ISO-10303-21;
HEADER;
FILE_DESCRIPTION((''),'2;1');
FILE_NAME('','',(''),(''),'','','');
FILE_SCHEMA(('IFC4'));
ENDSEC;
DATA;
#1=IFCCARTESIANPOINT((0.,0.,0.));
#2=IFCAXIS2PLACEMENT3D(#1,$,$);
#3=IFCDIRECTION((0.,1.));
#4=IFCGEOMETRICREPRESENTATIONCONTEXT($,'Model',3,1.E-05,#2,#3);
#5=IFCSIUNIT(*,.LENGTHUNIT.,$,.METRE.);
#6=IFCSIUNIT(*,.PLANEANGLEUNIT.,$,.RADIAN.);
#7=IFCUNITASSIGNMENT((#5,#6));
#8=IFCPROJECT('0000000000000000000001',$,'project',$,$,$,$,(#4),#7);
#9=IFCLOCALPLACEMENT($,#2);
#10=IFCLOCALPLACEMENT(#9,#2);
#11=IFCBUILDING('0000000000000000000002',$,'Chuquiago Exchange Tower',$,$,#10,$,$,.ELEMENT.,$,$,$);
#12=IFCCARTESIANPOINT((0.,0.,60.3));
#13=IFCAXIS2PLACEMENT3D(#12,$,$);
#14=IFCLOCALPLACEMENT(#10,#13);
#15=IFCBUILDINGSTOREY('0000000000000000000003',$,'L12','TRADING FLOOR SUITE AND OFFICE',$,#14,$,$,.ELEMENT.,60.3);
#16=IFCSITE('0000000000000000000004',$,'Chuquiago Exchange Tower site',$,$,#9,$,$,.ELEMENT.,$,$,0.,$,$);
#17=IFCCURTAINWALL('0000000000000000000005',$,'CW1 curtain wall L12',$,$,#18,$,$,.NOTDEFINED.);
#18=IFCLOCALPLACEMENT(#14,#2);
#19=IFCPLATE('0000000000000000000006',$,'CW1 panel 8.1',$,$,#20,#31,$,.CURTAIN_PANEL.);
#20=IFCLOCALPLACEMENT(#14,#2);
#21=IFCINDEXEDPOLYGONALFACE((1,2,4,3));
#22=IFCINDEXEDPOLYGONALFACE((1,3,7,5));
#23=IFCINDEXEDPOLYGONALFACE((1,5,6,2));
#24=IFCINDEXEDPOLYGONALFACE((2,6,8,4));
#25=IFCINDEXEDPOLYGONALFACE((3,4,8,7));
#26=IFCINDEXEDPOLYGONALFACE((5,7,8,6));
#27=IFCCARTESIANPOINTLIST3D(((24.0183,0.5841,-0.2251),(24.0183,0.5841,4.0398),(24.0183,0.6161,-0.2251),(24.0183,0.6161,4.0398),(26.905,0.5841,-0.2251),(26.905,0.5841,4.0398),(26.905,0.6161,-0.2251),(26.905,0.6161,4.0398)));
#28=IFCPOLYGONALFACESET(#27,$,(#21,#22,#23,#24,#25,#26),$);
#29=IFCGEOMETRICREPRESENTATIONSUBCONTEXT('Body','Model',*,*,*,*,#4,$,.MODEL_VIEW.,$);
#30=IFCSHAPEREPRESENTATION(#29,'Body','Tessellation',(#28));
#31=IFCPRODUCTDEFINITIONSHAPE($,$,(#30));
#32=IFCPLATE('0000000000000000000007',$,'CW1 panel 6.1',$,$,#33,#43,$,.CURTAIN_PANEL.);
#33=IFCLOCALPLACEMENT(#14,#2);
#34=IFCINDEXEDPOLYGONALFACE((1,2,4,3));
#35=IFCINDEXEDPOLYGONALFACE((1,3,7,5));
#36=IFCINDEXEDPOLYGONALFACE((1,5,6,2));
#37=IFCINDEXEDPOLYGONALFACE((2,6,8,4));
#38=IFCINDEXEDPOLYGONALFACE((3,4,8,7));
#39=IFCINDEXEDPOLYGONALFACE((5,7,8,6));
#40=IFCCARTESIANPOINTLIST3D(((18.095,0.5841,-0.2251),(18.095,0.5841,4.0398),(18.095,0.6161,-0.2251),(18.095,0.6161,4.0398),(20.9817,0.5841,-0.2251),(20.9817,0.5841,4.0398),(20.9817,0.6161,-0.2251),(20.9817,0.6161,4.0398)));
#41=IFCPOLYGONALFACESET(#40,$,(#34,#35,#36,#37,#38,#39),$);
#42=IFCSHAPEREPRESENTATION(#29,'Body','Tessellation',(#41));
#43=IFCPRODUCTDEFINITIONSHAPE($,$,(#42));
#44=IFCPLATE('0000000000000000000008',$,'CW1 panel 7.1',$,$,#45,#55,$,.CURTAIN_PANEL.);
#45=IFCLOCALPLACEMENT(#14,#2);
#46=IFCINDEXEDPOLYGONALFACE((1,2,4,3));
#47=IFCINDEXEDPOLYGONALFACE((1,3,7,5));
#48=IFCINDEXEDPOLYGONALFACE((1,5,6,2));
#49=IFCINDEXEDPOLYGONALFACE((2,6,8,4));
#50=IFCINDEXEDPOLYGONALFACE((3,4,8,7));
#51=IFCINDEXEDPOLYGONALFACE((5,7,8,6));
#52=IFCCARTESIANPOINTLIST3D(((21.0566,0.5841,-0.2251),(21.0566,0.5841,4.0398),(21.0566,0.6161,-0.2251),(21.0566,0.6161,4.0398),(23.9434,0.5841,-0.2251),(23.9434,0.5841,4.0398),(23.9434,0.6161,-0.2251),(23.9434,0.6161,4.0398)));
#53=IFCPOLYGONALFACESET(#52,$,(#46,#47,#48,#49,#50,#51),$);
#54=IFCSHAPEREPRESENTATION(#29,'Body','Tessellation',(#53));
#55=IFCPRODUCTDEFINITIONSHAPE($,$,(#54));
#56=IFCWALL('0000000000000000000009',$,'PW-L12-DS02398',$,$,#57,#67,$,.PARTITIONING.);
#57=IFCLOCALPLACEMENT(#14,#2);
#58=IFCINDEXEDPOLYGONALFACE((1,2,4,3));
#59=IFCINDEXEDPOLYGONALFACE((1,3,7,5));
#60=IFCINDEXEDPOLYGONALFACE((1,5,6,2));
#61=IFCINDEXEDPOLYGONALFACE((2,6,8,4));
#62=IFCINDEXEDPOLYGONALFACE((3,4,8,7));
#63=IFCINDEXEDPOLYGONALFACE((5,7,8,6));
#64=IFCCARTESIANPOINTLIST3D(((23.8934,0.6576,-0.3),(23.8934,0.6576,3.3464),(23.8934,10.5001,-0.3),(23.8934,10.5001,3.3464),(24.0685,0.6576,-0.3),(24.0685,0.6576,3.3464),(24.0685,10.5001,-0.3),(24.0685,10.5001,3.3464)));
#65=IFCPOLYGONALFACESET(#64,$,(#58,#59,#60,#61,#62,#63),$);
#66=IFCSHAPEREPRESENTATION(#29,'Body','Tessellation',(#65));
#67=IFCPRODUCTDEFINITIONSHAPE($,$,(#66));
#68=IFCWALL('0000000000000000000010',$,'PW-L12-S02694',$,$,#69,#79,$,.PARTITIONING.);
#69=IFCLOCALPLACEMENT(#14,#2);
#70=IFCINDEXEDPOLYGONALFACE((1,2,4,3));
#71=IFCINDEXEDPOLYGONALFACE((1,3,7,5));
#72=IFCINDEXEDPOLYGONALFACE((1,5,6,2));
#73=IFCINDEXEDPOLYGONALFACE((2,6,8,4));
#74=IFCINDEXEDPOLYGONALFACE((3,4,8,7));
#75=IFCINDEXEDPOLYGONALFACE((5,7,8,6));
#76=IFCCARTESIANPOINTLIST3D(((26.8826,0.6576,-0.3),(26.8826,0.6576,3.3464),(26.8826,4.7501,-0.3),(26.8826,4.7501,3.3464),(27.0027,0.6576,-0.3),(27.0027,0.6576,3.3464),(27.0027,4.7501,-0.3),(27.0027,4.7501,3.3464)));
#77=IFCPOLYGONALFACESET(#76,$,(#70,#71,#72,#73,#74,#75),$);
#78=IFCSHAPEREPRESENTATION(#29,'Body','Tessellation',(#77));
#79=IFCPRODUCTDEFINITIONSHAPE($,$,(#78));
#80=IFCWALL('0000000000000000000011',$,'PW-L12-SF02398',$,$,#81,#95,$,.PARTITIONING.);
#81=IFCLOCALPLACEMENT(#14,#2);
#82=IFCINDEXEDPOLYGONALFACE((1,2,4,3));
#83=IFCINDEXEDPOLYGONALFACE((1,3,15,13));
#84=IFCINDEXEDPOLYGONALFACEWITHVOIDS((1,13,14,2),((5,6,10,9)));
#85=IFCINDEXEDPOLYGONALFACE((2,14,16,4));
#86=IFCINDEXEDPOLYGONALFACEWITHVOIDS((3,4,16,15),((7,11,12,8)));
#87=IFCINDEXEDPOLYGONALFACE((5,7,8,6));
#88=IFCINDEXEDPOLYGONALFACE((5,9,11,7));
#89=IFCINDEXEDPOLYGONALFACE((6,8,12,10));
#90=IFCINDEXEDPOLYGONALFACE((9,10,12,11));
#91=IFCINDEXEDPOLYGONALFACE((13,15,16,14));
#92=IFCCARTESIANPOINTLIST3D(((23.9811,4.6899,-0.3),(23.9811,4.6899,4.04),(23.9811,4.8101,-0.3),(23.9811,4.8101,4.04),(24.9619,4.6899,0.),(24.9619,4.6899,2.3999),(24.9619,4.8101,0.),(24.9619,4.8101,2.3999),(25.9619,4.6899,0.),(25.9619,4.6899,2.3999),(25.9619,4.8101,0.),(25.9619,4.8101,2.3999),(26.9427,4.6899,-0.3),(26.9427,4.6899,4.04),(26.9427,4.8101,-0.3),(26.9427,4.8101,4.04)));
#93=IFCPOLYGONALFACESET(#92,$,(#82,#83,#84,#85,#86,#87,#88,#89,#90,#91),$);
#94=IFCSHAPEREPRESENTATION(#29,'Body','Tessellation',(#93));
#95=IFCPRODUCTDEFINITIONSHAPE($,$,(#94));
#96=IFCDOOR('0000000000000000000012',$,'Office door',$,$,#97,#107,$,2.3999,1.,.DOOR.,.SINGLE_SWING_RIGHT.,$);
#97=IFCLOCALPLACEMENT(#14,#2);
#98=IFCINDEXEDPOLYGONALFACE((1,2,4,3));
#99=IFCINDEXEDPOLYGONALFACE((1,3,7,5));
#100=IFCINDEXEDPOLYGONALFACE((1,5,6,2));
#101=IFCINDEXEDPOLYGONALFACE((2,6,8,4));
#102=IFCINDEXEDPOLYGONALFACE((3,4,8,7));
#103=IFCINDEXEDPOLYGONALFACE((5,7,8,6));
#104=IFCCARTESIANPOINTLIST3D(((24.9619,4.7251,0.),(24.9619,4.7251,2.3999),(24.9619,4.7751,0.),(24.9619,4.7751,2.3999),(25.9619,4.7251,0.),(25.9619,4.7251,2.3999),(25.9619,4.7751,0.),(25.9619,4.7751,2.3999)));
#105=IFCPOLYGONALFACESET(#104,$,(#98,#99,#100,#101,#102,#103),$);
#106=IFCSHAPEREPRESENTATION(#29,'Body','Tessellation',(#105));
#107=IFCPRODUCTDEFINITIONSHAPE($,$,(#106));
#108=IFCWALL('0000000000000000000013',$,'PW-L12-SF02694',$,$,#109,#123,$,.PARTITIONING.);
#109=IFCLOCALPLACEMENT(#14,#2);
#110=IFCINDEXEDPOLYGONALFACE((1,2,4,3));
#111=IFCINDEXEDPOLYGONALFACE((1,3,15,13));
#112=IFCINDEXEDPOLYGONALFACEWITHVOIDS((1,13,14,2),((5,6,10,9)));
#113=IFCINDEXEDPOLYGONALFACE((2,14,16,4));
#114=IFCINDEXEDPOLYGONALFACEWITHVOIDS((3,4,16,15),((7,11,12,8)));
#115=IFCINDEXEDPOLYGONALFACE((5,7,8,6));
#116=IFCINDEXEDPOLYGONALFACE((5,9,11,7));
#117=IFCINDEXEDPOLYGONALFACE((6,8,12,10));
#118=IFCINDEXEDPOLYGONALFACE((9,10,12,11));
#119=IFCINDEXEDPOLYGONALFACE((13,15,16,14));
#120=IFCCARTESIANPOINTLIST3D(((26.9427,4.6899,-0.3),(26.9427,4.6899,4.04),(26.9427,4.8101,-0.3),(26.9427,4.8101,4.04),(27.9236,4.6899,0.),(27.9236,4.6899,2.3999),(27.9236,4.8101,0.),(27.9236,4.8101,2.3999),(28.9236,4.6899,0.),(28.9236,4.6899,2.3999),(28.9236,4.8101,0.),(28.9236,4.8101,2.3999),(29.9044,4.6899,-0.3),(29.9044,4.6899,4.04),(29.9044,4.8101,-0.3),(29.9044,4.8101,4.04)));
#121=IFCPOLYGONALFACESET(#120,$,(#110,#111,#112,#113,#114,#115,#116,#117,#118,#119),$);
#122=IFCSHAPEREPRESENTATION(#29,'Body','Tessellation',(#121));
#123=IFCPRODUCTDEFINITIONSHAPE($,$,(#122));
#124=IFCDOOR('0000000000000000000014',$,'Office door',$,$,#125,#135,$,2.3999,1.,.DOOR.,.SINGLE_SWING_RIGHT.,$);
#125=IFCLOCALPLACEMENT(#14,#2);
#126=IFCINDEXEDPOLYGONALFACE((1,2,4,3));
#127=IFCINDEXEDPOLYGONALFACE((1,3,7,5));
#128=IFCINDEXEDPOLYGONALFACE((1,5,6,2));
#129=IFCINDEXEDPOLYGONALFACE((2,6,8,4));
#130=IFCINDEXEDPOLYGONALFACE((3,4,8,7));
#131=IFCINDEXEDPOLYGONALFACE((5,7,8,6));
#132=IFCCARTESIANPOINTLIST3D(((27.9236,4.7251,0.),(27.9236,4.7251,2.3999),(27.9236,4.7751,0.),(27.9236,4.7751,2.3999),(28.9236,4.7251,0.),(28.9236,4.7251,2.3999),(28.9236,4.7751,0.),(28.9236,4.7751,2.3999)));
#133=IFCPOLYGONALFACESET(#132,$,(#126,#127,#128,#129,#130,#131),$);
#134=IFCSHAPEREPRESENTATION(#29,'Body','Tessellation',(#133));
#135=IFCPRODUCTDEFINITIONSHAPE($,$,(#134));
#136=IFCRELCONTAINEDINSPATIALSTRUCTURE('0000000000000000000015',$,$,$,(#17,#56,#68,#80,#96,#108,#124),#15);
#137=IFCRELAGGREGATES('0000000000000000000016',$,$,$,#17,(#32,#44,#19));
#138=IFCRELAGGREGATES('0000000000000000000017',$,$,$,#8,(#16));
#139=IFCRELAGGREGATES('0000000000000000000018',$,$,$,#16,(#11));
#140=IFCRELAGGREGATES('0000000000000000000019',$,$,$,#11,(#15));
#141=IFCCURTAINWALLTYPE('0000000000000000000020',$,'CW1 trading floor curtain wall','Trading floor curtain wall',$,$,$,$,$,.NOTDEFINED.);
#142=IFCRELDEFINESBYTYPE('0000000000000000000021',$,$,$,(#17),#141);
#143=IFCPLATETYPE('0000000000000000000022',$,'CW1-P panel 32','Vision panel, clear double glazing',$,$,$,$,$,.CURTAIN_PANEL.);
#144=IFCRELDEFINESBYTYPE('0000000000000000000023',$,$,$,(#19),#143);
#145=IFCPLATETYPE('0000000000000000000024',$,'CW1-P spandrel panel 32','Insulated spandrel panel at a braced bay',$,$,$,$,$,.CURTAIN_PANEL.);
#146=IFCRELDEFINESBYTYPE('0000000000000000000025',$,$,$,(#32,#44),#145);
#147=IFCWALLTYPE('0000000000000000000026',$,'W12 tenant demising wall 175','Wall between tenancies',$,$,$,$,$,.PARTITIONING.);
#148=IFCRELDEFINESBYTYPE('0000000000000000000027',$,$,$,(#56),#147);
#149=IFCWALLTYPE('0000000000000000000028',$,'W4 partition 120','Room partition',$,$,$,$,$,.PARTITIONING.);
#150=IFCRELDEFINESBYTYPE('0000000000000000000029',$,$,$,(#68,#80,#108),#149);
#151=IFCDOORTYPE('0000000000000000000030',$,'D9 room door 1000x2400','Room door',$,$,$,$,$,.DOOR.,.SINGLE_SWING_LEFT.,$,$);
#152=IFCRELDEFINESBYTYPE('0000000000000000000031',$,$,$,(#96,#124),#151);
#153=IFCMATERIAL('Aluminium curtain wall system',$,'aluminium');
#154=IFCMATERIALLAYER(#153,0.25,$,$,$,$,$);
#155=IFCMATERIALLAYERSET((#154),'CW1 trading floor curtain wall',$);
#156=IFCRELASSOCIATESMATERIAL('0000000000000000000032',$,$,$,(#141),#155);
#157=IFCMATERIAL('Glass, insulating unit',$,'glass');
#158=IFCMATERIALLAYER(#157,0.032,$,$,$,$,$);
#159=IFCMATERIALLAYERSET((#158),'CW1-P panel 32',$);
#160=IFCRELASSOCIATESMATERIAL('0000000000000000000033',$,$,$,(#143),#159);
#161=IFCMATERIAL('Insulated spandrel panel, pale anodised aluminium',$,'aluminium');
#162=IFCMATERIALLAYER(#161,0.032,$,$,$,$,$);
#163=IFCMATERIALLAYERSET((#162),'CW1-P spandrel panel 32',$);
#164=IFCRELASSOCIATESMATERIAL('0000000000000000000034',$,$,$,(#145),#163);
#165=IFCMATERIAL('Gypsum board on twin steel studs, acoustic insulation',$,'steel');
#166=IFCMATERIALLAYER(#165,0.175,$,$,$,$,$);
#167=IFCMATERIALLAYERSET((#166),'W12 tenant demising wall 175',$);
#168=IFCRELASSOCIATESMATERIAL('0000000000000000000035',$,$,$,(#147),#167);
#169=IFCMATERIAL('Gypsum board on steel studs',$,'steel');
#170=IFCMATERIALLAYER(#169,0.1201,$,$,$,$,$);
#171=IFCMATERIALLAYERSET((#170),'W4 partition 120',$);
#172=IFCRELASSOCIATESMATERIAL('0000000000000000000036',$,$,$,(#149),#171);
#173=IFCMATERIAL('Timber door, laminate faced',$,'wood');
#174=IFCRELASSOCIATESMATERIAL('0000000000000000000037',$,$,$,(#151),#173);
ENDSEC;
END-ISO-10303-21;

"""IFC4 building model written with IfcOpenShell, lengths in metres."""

from ifc_helpers import new_model, si_unit, direction, frame, frame_2d, origin, origin_2d, place, context, subcontext, project, spatial, rectangle, extrude, material, layer, layer_set, type_object, element, fill, aggregate, save


model = new_model("IFC4")

# Units and contexts
model_context = context("Model", 3, precision=1e-05, world=origin(), true_north=direction((0.0, 1.0)))
body_context = subcontext(model_context, "Body", "Model", "MODEL_VIEW")
ifc_project = project(units=[si_unit("LENGTHUNIT", "METRE"), si_unit("PLANEANGLEUNIT", "RADIAN")], contexts=[model_context])

# Site, building, storey
site_placement = place(None, origin())
site = spatial("IfcSite", under=ifc_project, at=site_placement, Name="Chuquiago Exchange Tower site", CompositionType="ELEMENT", RefElevation=0.0)
building_placement = place(site_placement, origin())
building = spatial("IfcBuilding", under=site, at=building_placement, Name="Chuquiago Exchange Tower", CompositionType="ELEMENT")
storey_placement = place(building_placement, frame((0.0, 0.0, 60.3)))
storey = spatial("IfcBuildingStorey", under=building, at=storey_placement, Name="L12", Description="TRADING FLOOR SUITE AND OFFICE", CompositionType="ELEMENT", Elevation=60.3)

# Curtain wall
ifc_material_1 = material(Name="Aluminium curtain wall system", Category="aluminium")
ifc_layer_1 = layer(ifc_material_1, 0.25)
ifc_layer_set_1 = layer_set([ifc_layer_1], Name="CW1 trading floor curtain wall")
curtain_wall_type = type_object("IfcCurtainWallType", Name="CW1 trading floor curtain wall", Description="Trading floor curtain wall", PredefinedType="NOTDEFINED", material=ifc_layer_set_1)
curtain_wall_placement = place(storey_placement, origin())
curtain_wall = element("IfcCurtainWall", 1, at=curtain_wall_placement, inside=storey, type_object=curtain_wall_type, Name="CW1 curtain wall L12", PredefinedType="NOTDEFINED")

# Plates
ifc_material_2 = material(Name="Glass, insulating unit", Category="glass")
ifc_layer_2 = layer(ifc_material_2, 0.032)
ifc_layer_set_2 = layer_set([ifc_layer_2], Name="CW1-P panel 32")
plate_type_1 = type_object("IfcPlateType", Name="CW1-P panel 32", Description="Vision panel, clear double glazing", PredefinedType="CURTAIN_PANEL", material=ifc_layer_set_2)
plate_1_placement = place(storey_placement, frame((25.4617, 0.6001, -0.2251), z_axis=(0.0, 0.0, 1.0), x_axis=(1.0, 0.0, 0.0)))
plate_1 = element("IfcPlate", 2, at=plate_1_placement, type_object=plate_type_1, Name="CW1 panel 8.1", PredefinedType="CURTAIN_PANEL", context=body_context, shape_type="SweptSolid", body=[
    extrude(rectangle(XDim=2.8867, YDim=0.032, at=origin_2d()), origin(), (0.0, 0.0, 1.0), 4.2649),
])
ifc_material_3 = material(Name="Insulated spandrel panel, pale anodised aluminium", Category="aluminium")
ifc_layer_3 = layer(ifc_material_3, 0.032)
ifc_layer_set_3 = layer_set([ifc_layer_3], Name="CW1-P spandrel panel 32")
plate_type_2 = type_object("IfcPlateType", Name="CW1-P spandrel panel 32", Description="Insulated spandrel panel at a braced bay", PredefinedType="CURTAIN_PANEL", material=ifc_layer_set_3)
plate_2_placement = place(storey_placement, frame((19.5383, 0.6001, -0.2251), z_axis=(0.0, 0.0, 1.0), x_axis=(1.0, 0.0, 0.0)))
plate_2 = element("IfcPlate", 3, at=plate_2_placement, type_object=plate_type_2, Name="CW1 panel 6.1", PredefinedType="CURTAIN_PANEL", context=body_context, shape_type="SweptSolid", body=[
    extrude(rectangle(XDim=2.8867, YDim=0.032, at=origin_2d()), origin(), (0.0, 0.0, 1.0), 4.2649),
])
plate_3_placement = place(storey_placement, frame((22.5, 0.6001, -0.2251), z_axis=(0.0, 0.0, 1.0), x_axis=(1.0, 0.0, 0.0)))
plate_3 = element("IfcPlate", 4, at=plate_3_placement, type_object=plate_type_2, Name="CW1 panel 7.1", PredefinedType="CURTAIN_PANEL", context=body_context, shape_type="SweptSolid", body=[
    extrude(rectangle(XDim=2.8867, YDim=0.032, at=origin_2d()), origin(), (0.0, 0.0, 1.0), 4.2649),
])
aggregate(curtain_wall, [plate_2, plate_3, plate_1])

# Walls
ifc_material_4 = material(Name="Gypsum board on twin steel studs, acoustic insulation", Category="steel")
ifc_layer_4 = layer(ifc_material_4, 0.175)
ifc_layer_set_4 = layer_set([ifc_layer_4], Name="W12 tenant demising wall 175")
wall_type_1 = type_object("IfcWallType", Name="W12 tenant demising wall 175", Description="Wall between tenancies", PredefinedType="PARTITIONING", material=ifc_layer_set_4)
wall_1_placement = place(storey_placement, frame((23.981, 0.6575, -0.3), z_axis=(0.0, 0.0, 1.0), x_axis=(0.0, 1.0, 0.0)))
element("IfcWall", 5, at=wall_1_placement, inside=storey, type_object=wall_type_1, Name="PW-L12-DS02398", PredefinedType="PARTITIONING", context=body_context, shape_type="SweptSolid", body=[
    extrude(rectangle(XDim=9.8425, YDim=0.175, at=frame_2d((4.9214, 0.0))), origin(), (0.0, 0.0, 1.0), 3.6465),
])
ifc_material_5 = material(Name="Gypsum board on steel studs", Category="steel")
ifc_layer_5 = layer(ifc_material_5, 0.1201)
ifc_layer_set_5 = layer_set([ifc_layer_5], Name="W4 partition 120")
wall_type_2 = type_object("IfcWallType", Name="W4 partition 120", Description="Room partition", PredefinedType="PARTITIONING", material=ifc_layer_set_5)
wall_2_placement = place(storey_placement, frame((26.9426, 0.6575, -0.3), z_axis=(0.0, 0.0, 1.0), x_axis=(0.0, 1.0, 0.0)))
element("IfcWall", 6, at=wall_2_placement, inside=storey, type_object=wall_type_2, Name="PW-L12-S02694", PredefinedType="PARTITIONING", context=body_context, shape_type="SweptSolid", body=[
    extrude(rectangle(XDim=4.0925, YDim=0.1201, at=frame_2d((2.0464, 0.0))), origin(), (0.0, 0.0, 1.0), 3.6465),
])

# Walls, openings, doors
wall_3_placement = place(storey_placement, frame((23.981, 4.75, -0.3), z_axis=(0.0, 0.0, 1.0), x_axis=(1.0, 0.0, 0.0)))
wall_3 = element("IfcWall", 7, at=wall_3_placement, inside=storey, type_object=wall_type_2, Name="PW-L12-SF02398", PredefinedType="PARTITIONING", context=body_context, shape_type="SweptSolid", body=[
    extrude(rectangle(XDim=2.9617, YDim=0.1201, at=frame_2d((1.481, 0.0))), origin(), (0.0, 0.0, 1.0), 4.3401),
])
opening_1_placement = place(wall_3_placement, frame((0.981, 0.0, 0.3)))
opening_1 = element("IfcOpeningElement", 8, at=opening_1_placement, cuts=wall_3, PredefinedType="OPENING", context=body_context, shape_type="SweptSolid", body=[
    extrude(rectangle(XDim=1.0, YDim=2.3999, at=frame_2d((0.5, 1.2))), frame((0.0, 0.0701, 0.0), z_axis=(0.0, -1.0, 0.0), x_axis=(1.0, 0.0, 0.0)), (0.0, 0.0, 1.0), 0.1401),
])
ifc_material_6 = material(Name="Timber door, laminate faced", Category="wood")
door_type = type_object("IfcDoorType", Name="D9 room door 1000x2400", Description="Room door", OperationType="SINGLE_SWING_LEFT", PredefinedType="DOOR", material=ifc_material_6)
door_1_placement = place(opening_1_placement, frame((1.0, 0.0, 0.0), z_axis=(0.0, 0.0, 1.0), x_axis=(-1.0, 0.0, 0.0)))
door_1 = element("IfcDoor", 9, at=door_1_placement, inside=storey, type_object=door_type, Name="Office door", OperationType="SINGLE_SWING_RIGHT", OverallHeight=2.3999, OverallWidth=1.0, PredefinedType="DOOR", context=body_context, shape_type="SweptSolid", body=[
    extrude(rectangle(XDim=1.0, YDim=2.3999, at=frame_2d((0.5, 1.2))), frame((0.0, 0.0249, 0.0), z_axis=(0.0, -1.0, 0.0), x_axis=(1.0, 0.0, 0.0)), (0.0, 0.0, 1.0), 0.05),
])
fill(opening_1, door_1)
wall_4_placement = place(storey_placement, frame((26.9426, 4.75, -0.3), z_axis=(0.0, 0.0, 1.0), x_axis=(1.0, 0.0, 0.0)))
wall_4 = element("IfcWall", 10, at=wall_4_placement, inside=storey, type_object=wall_type_2, Name="PW-L12-SF02694", PredefinedType="PARTITIONING", context=body_context, shape_type="SweptSolid", body=[
    extrude(rectangle(XDim=2.9617, YDim=0.1201, at=frame_2d((1.481, 0.0))), origin(), (0.0, 0.0, 1.0), 4.3401),
])
opening_2_placement = place(wall_4_placement, frame((0.981, 0.0, 0.3)))
opening_2 = element("IfcOpeningElement", 11, at=opening_2_placement, cuts=wall_4, PredefinedType="OPENING", context=body_context, shape_type="SweptSolid", body=[
    extrude(rectangle(XDim=1.0, YDim=2.3999, at=frame_2d((0.5, 1.2))), frame((0.0, 0.0701, 0.0), z_axis=(0.0, -1.0, 0.0), x_axis=(1.0, 0.0, 0.0)), (0.0, 0.0, 1.0), 0.1401),
])
door_2_placement = place(opening_2_placement, frame((1.0, 0.0, 0.0), z_axis=(0.0, 0.0, 1.0), x_axis=(-1.0, 0.0, 0.0)))
door_2 = element("IfcDoor", 12, at=door_2_placement, inside=storey, type_object=door_type, Name="Office door", OperationType="SINGLE_SWING_RIGHT", OverallHeight=2.3999, OverallWidth=1.0, PredefinedType="DOOR", context=body_context, shape_type="SweptSolid", body=[
    extrude(rectangle(XDim=1.0, YDim=2.3999, at=frame_2d((0.5, 1.2))), frame((0.0, 0.0249, 0.0), z_axis=(0.0, -1.0, 0.0), x_axis=(1.0, 0.0, 0.0)), (0.0, 0.0, 1.0), 0.05),
])
fill(opening_2, door_2)

save(model, "model.ifc")
